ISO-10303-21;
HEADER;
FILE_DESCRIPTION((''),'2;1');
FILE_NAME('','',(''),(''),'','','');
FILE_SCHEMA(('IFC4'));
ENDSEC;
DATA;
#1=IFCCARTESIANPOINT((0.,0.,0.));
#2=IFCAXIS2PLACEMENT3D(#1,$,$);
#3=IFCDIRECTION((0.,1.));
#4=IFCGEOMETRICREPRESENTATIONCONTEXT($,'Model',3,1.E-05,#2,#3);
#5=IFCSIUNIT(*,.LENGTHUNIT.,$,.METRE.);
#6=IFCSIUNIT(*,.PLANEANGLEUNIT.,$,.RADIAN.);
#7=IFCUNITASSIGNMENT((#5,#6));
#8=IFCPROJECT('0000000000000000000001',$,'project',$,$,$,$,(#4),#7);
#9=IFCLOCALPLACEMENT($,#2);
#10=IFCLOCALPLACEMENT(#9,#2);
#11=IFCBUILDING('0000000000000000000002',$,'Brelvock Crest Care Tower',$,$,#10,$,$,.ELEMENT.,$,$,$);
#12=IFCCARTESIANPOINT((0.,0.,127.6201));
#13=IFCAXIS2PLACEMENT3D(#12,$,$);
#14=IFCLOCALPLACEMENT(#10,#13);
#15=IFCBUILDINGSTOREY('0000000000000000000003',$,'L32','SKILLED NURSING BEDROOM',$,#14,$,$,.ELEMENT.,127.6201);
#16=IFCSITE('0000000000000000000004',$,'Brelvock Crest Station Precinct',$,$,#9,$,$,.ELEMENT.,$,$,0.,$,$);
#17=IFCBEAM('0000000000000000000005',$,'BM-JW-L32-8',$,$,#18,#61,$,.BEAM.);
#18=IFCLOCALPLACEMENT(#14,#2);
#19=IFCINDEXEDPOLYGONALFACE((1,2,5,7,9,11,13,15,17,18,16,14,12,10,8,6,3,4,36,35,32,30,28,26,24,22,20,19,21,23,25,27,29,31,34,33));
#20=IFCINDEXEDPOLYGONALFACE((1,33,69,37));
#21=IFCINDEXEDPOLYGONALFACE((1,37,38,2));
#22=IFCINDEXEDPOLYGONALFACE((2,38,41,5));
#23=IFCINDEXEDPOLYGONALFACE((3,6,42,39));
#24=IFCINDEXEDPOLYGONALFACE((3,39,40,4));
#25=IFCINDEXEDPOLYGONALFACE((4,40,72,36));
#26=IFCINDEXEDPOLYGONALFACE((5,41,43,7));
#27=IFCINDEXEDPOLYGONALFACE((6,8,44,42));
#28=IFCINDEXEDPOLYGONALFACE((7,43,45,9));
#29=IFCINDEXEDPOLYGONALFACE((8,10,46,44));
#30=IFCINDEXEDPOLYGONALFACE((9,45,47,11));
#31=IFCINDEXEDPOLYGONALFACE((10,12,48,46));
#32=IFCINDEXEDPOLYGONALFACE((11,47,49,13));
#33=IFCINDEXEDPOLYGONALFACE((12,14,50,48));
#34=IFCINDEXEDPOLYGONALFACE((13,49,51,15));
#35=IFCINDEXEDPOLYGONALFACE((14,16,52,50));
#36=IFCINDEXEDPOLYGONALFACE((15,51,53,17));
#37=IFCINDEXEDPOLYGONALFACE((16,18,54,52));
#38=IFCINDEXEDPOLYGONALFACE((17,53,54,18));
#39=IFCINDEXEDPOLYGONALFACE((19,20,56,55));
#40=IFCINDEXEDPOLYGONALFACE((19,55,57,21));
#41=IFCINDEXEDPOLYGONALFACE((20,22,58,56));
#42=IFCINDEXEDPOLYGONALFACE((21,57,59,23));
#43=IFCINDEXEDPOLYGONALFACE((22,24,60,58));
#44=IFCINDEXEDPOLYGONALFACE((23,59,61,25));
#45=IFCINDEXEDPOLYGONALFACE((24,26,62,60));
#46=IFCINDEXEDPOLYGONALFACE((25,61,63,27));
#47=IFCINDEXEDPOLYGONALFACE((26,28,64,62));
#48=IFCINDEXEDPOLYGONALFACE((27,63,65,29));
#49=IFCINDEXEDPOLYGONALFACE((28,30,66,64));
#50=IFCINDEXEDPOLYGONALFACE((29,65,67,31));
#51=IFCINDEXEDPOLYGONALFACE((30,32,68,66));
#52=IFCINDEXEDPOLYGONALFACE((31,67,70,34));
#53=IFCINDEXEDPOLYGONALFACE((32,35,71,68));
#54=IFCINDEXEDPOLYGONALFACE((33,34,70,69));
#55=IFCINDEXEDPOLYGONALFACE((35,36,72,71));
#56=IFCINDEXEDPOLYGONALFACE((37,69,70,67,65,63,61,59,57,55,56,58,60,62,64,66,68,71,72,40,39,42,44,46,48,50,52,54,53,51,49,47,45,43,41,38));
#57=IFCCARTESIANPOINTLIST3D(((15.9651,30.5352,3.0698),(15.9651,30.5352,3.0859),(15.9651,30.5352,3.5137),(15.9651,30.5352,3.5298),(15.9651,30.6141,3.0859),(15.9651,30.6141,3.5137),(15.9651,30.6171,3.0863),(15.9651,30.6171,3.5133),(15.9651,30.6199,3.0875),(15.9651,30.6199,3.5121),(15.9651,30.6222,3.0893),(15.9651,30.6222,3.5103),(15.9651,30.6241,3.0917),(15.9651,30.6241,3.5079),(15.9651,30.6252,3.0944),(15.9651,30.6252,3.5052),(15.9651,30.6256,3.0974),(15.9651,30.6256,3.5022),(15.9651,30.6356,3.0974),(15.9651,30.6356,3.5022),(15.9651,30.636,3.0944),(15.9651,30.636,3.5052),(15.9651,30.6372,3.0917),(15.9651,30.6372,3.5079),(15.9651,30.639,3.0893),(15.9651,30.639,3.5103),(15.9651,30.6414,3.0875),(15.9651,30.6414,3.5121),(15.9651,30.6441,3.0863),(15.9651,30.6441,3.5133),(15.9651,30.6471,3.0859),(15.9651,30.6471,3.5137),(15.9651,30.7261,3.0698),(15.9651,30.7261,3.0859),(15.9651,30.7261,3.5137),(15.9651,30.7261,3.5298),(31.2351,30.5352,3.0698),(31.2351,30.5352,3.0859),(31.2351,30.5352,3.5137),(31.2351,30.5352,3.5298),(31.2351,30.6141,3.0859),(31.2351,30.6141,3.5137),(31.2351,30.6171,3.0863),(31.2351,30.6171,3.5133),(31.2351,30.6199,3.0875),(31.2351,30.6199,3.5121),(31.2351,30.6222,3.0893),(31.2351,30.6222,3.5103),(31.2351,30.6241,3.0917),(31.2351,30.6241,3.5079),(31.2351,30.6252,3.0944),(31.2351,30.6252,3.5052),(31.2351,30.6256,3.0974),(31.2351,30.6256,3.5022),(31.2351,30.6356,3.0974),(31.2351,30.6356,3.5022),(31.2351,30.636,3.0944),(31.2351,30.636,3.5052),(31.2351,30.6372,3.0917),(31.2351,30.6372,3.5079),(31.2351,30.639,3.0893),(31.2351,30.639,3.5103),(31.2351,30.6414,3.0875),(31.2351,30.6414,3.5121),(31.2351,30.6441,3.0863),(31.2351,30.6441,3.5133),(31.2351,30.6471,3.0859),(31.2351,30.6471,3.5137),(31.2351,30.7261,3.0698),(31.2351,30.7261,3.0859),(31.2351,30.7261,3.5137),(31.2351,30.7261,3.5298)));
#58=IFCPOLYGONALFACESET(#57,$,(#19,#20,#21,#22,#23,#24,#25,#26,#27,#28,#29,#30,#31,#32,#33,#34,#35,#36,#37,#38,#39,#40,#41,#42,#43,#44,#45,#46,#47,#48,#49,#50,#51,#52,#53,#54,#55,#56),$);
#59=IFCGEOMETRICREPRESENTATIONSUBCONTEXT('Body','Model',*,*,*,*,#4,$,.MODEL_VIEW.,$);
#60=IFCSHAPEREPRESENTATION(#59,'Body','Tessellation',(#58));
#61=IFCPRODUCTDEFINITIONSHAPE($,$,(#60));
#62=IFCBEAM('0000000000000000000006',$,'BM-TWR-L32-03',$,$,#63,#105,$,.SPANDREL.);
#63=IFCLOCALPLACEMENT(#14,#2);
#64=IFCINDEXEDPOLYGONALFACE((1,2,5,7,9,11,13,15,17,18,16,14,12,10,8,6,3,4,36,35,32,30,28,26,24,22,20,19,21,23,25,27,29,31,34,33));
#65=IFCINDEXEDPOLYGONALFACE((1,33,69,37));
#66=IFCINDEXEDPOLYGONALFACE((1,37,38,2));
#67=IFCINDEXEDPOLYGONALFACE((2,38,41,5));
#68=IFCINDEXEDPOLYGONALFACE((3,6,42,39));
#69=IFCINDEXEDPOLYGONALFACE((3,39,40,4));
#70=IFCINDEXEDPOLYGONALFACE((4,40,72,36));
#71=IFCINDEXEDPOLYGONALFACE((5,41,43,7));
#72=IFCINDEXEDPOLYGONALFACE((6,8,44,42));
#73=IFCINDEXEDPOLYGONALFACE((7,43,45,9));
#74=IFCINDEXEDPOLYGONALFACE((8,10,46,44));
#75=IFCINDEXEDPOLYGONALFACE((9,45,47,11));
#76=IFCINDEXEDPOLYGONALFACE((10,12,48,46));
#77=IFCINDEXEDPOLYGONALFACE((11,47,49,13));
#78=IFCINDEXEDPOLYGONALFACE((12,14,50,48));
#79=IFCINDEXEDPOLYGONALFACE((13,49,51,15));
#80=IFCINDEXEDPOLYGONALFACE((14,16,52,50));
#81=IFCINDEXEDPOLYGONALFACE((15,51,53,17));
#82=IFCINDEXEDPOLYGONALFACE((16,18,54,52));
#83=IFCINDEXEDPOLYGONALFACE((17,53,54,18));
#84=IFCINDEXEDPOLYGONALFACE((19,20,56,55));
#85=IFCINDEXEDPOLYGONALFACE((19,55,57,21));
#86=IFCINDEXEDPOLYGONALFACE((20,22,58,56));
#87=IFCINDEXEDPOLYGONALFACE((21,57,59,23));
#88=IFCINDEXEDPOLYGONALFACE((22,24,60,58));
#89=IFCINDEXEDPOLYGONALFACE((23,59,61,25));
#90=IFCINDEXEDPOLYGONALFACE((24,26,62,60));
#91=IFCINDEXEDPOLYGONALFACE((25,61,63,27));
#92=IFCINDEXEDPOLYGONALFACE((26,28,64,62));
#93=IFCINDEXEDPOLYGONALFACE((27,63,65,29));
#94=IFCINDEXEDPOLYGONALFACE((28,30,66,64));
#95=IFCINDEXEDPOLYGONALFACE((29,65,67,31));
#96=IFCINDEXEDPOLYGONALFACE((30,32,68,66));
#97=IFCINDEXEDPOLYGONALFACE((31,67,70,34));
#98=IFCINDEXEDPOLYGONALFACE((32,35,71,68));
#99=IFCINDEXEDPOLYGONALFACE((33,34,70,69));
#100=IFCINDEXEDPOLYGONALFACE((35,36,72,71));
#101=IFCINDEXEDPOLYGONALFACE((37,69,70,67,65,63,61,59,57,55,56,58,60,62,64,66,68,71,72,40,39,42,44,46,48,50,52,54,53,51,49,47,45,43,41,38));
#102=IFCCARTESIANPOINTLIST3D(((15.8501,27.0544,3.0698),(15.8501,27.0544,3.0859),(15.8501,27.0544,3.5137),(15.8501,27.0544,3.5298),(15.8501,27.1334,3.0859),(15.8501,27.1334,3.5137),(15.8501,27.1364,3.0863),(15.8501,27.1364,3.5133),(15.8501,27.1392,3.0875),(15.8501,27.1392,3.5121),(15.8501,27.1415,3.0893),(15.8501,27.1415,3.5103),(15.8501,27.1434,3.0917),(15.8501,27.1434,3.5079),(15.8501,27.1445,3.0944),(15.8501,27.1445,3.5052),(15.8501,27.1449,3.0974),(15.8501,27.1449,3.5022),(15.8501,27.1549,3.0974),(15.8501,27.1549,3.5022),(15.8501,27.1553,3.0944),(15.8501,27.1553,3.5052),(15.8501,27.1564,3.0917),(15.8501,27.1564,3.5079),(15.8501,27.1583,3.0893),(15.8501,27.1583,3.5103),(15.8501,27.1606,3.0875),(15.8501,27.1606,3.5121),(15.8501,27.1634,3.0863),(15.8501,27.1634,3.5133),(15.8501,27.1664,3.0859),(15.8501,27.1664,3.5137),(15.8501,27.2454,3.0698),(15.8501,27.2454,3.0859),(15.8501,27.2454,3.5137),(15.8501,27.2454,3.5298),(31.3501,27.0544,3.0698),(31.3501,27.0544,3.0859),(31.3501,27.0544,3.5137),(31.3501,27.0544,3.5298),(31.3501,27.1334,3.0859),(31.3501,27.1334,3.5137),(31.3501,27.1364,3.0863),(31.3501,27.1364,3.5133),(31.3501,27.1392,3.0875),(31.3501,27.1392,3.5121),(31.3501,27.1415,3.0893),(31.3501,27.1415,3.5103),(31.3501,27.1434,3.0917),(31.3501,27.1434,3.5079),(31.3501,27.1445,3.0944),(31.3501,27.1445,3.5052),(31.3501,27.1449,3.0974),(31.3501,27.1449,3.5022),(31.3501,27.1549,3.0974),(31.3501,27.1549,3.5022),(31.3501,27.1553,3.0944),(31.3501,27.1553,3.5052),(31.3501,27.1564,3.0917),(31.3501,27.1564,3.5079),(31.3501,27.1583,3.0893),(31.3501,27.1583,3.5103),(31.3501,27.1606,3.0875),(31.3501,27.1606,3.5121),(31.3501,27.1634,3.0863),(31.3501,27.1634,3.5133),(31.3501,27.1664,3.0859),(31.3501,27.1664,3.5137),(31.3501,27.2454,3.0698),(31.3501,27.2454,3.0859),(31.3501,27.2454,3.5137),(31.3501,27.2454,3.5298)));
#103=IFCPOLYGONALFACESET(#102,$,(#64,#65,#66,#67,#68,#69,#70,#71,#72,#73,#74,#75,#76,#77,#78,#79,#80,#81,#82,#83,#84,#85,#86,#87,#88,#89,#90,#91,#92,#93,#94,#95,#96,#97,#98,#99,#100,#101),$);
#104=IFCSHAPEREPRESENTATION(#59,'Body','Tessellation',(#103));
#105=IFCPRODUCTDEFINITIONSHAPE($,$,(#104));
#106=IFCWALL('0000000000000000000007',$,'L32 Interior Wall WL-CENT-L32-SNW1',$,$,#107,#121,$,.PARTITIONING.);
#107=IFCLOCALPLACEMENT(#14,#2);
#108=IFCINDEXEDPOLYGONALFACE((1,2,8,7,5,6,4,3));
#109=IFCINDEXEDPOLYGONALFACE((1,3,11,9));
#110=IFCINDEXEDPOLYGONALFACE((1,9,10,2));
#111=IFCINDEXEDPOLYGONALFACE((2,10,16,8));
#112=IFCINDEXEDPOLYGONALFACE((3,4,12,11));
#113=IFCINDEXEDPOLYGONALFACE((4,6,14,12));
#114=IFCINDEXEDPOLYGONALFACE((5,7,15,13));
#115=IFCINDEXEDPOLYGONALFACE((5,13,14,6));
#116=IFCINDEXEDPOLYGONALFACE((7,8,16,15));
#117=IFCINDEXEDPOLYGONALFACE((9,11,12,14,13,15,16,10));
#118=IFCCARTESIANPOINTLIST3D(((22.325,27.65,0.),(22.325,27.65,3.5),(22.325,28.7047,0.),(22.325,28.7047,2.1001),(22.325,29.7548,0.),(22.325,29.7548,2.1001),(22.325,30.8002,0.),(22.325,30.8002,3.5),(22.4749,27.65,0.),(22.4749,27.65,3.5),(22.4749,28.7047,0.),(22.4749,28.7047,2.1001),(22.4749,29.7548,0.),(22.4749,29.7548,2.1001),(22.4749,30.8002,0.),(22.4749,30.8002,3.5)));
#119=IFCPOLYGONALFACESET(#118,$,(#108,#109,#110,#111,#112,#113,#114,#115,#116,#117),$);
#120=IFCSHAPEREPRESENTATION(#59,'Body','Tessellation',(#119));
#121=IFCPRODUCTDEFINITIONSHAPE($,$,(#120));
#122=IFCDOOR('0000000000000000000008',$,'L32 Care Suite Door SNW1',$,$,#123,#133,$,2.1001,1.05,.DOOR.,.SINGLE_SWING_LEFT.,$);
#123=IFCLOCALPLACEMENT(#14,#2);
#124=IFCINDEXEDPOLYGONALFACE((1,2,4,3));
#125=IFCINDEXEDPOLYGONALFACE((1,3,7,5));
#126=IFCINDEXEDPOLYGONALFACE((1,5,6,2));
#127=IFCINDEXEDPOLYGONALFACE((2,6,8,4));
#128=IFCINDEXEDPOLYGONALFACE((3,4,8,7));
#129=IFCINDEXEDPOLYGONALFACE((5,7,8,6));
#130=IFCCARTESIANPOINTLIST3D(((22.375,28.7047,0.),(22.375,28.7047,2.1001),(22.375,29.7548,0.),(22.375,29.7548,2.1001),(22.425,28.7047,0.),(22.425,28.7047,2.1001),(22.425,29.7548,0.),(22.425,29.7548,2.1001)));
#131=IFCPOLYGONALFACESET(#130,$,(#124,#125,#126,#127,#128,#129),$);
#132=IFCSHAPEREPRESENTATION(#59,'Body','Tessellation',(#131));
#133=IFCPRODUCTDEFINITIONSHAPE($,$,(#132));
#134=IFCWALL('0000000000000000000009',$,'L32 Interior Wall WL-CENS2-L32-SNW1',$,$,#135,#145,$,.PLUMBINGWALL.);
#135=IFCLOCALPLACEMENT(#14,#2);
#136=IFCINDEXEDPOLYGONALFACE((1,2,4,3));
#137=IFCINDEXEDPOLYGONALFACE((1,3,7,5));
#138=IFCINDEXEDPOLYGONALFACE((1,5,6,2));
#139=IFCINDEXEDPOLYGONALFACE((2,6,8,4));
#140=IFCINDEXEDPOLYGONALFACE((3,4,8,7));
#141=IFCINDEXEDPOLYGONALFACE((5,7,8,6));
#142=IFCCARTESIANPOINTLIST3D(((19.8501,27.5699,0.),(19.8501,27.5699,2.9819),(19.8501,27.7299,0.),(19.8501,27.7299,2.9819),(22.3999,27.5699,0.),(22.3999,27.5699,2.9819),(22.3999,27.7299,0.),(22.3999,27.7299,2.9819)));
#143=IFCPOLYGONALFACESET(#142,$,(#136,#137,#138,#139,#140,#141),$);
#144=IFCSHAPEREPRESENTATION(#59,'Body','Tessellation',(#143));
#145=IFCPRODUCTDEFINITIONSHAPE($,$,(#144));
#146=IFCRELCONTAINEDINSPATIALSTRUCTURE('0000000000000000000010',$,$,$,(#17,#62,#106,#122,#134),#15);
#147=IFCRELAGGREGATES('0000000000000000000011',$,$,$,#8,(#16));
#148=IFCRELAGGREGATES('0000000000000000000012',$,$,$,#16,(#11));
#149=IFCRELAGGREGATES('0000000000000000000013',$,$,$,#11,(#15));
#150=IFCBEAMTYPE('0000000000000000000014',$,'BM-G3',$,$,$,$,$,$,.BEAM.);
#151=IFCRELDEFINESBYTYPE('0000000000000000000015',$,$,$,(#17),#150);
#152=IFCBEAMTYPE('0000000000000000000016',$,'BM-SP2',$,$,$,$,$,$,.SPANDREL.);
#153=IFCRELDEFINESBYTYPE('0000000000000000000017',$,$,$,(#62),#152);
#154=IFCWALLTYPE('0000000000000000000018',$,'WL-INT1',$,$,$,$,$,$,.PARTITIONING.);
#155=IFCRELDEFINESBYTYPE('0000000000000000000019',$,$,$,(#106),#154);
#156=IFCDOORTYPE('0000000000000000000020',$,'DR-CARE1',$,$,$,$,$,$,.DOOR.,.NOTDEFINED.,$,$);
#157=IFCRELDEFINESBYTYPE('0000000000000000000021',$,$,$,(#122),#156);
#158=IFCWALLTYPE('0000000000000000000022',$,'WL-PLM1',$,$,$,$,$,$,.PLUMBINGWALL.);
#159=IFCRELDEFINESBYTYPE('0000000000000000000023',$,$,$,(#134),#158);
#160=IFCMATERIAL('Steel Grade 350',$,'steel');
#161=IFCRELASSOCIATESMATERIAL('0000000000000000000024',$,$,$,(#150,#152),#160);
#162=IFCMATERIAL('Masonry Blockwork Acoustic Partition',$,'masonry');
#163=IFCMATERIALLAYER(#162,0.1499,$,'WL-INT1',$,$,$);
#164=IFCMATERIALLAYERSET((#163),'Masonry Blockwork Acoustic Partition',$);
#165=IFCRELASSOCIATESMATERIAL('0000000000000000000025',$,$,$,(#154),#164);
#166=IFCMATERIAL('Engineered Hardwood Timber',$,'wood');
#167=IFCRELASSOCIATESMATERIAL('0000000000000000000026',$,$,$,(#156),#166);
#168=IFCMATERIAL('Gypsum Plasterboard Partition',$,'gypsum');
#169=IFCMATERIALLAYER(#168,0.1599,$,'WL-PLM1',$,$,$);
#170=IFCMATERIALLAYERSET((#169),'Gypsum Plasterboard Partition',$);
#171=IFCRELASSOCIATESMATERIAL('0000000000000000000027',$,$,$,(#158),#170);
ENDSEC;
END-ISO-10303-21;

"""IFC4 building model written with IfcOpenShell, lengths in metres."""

from ifc_helpers import new_model, si_unit, direction, frame, frame_2d, origin, origin_2d, place, context, subcontext, project, spatial, rectangle, i_section, extrude, source, transform, mapped, material, layer, layer_set, material_profile, profile_set, type_object, element, fill, save


model = new_model("IFC4")

# Units and contexts
model_context = context("Model", 3, precision=1e-05, world=origin(), true_north=direction((0.0, 1.0)))
body_context = subcontext(model_context, "Body", "Model", "MODEL_VIEW")
ifc_project = project(units=[si_unit("LENGTHUNIT", "METRE"), si_unit("PLANEANGLEUNIT", "RADIAN")], contexts=[model_context])

# Site, building, storey
site_placement = place(None, origin())
site = spatial("IfcSite", under=ifc_project, at=site_placement, Name="Brelvock Crest Station Precinct", CompositionType="ELEMENT", RefElevation=0.0)
building_placement = place(site_placement, origin())
building = spatial("IfcBuilding", under=site, at=building_placement, Name="Brelvock Crest Care Tower", CompositionType="ELEMENT")
storey_placement = place(building_placement, frame((0.0, 0.0, 127.6201)))
storey = spatial("IfcBuildingStorey", under=building, at=storey_placement, Name="L32", Description="SKILLED NURSING BEDROOM", CompositionType="ELEMENT", Elevation=127.6201)

# Beams
ifc_material_1 = material(Name="Steel Grade 350", Category="steel")
ifc_material_profile_1 = material_profile(ifc_material_1, i_section(OverallWidth=0.1909, OverallDepth=0.46, WebThickness=0.01, FlangeThickness=0.0161, FilletRadius=0.0115, at=origin_2d()), Name="460UB82.1")
ifc_profile_set_1 = profile_set([ifc_material_profile_1], Name="Steel Grade 350")
beam_type_1 = type_object("IfcBeamType", Name="BM-G3", PredefinedType="BEAM", material=ifc_profile_set_1)
shared_shape_1 = source(origin(), body_context, "Body", "SweptSolid", [
    extrude(i_section(OverallWidth=0.1909, OverallDepth=0.46, WebThickness=0.01, FlangeThickness=0.0161, FilletRadius=0.0115, at=origin_2d()), origin(), (0.0, 0.0, 1.0), 15.27),
])
for number, where, z_axis, x_axis, name in (
    (1, (15.9651, 30.6306, 3.2998), (1.0, 0.0, 0.0), (0.0, 1.0, 0.0), "BM-JW-L32-8"),
):
    element("IfcBeam", number, at=place(storey_placement, frame(where, z_axis=z_axis, x_axis=x_axis)), inside=storey, type_object=beam_type_1, Name=name, PredefinedType="BEAM", context=body_context, shape_type="MappedRepresentation", body=[
        mapped(shared_shape_1, transform((0.0, 0.0, 0.0), x_axis=(1.0, 0.0, 0.0), y_axis=(0.0, 1.0, 0.0), z_axis=(0.0, 0.0, 1.0), scale=1.0)),
    ])
ifc_material_profile_2 = material_profile(ifc_material_1, i_section(OverallWidth=0.1909, OverallDepth=0.46, WebThickness=0.01, FlangeThickness=0.0161, FilletRadius=0.0115, at=origin_2d()), Name="460UB82.1")
ifc_profile_set_2 = profile_set([ifc_material_profile_2], Name="Steel Grade 350")
beam_type_2 = type_object("IfcBeamType", Name="BM-SP2", PredefinedType="SPANDREL", material=ifc_profile_set_2)
shared_shape_2 = source(origin(), body_context, "Body", "SweptSolid", [
    extrude(i_section(OverallWidth=0.1909, OverallDepth=0.46, WebThickness=0.01, FlangeThickness=0.0161, FilletRadius=0.0115, at=origin_2d()), origin(), (0.0, 0.0, 1.0), 15.5),
])
beam_placement = place(storey_placement, frame((15.8501, 27.1499, 3.2998), z_axis=(1.0, 0.0, 0.0), x_axis=(0.0, 1.0, 0.0)))
element("IfcBeam", 2, at=beam_placement, inside=storey, type_object=beam_type_2, Name="BM-TWR-L32-03", PredefinedType="SPANDREL", context=body_context, shape_type="MappedRepresentation", body=[
    mapped(shared_shape_2, transform((0.0, 0.0, 0.0), x_axis=(1.0, 0.0, 0.0), y_axis=(0.0, 1.0, 0.0), z_axis=(0.0, 0.0, 1.0), scale=1.0)),
])

# Wall, opening, door
ifc_material_2 = material(Name="Masonry Blockwork Acoustic Partition", Category="masonry")
ifc_layer_1 = layer(ifc_material_2, 0.1499, Name="WL-INT1")
ifc_layer_set_1 = layer_set([ifc_layer_1], Name="Masonry Blockwork Acoustic Partition")
wall_type_1 = type_object("IfcWallType", Name="WL-INT1", PredefinedType="PARTITIONING", material=ifc_layer_set_1)
wall_1_placement = place(storey_placement, frame((22.3999, 27.6499, 0.0), z_axis=(0.0, 0.0, 1.0), x_axis=(0.0, 1.0, 0.0)))
wall_1 = element("IfcWall", 3, at=wall_1_placement, inside=storey, type_object=wall_type_1, Name="L32 Interior Wall WL-CENT-L32-SNW1", PredefinedType="PARTITIONING", context=body_context, shape_type="SweptSolid", body=[
    extrude(rectangle(XDim=3.1501, YDim=0.1499, at=frame_2d((1.5752, 0.0))), origin(), (0.0, 0.0, 1.0), 3.5),
])
opening_1_placement = place(wall_1_placement, frame((1.0549, 0.0, 0.0)))
opening_1 = element("IfcOpeningElement", 4, at=opening_1_placement, cuts=wall_1, PredefinedType="OPENING", context=body_context, shape_type="SweptSolid", body=[
    extrude(rectangle(XDim=1.05, YDim=2.1001, at=origin_2d()), frame((0.5249, 0.085, 1.05), z_axis=(0.0, -1.0, 0.0), x_axis=(1.0, 0.0, 0.0)), (0.0, 0.0, 1.0), 0.1699),
])
ifc_material_3 = material(Name="Engineered Hardwood Timber", Category="wood")
door_type_1 = type_object("IfcDoorType", Name="DR-CARE1", OperationType="NOTDEFINED", PredefinedType="DOOR", material=ifc_material_3)
shared_shape_3 = source(origin(), body_context, "Body", "SweptSolid", [
    extrude(rectangle(XDim=1.05, YDim=2.1001, at=origin_2d()), frame((0.5249, 0.0249, 1.05), z_axis=(0.0, -1.0, 0.0), x_axis=(1.0, 0.0, 0.0)), (0.0, 0.0, 1.0), 0.05),
])
door_1_placement = place(opening_1_placement, origin())
door_1 = element("IfcDoor", 5, at=door_1_placement, inside=storey, type_object=door_type_1, Name="L32 Care Suite Door SNW1", OperationType="SINGLE_SWING_LEFT", OverallHeight=2.1001, OverallWidth=1.05, PredefinedType="DOOR", context=body_context, shape_type="MappedRepresentation", body=[
    mapped(shared_shape_3, transform((0.0, 0.0, 0.0), x_axis=(1.0, 0.0, 0.0), y_axis=(0.0, 1.0, 0.0), z_axis=(0.0, 0.0, 1.0), scale=1.0)),
])
fill(opening_1, door_1)

# Wall
ifc_material_4 = material(Name="Gypsum Plasterboard Partition", Category="gypsum")
ifc_layer_2 = layer(ifc_material_4, 0.1599, Name="WL-PLM1")
ifc_layer_set_2 = layer_set([ifc_layer_2], Name="Gypsum Plasterboard Partition")
wall_type_2 = type_object("IfcWallType", Name="WL-PLM1", PredefinedType="PLUMBINGWALL", material=ifc_layer_set_2)
wall_2_placement = place(storey_placement, frame((19.8501, 27.6499, 0.0), z_axis=(0.0, 0.0, 1.0), x_axis=(1.0, 0.0, 0.0)))
element("IfcWall", 6, at=wall_2_placement, inside=storey, type_object=wall_type_2, Name="L32 Interior Wall WL-CENS2-L32-SNW1", PredefinedType="PLUMBINGWALL", context=body_context, shape_type="SweptSolid", body=[
    extrude(rectangle(XDim=2.5498, YDim=0.1599, at=frame_2d((1.2749, 0.0))), origin(), (0.0, 0.0, 1.0), 2.9819),
])

save(model, "model.ifc")
